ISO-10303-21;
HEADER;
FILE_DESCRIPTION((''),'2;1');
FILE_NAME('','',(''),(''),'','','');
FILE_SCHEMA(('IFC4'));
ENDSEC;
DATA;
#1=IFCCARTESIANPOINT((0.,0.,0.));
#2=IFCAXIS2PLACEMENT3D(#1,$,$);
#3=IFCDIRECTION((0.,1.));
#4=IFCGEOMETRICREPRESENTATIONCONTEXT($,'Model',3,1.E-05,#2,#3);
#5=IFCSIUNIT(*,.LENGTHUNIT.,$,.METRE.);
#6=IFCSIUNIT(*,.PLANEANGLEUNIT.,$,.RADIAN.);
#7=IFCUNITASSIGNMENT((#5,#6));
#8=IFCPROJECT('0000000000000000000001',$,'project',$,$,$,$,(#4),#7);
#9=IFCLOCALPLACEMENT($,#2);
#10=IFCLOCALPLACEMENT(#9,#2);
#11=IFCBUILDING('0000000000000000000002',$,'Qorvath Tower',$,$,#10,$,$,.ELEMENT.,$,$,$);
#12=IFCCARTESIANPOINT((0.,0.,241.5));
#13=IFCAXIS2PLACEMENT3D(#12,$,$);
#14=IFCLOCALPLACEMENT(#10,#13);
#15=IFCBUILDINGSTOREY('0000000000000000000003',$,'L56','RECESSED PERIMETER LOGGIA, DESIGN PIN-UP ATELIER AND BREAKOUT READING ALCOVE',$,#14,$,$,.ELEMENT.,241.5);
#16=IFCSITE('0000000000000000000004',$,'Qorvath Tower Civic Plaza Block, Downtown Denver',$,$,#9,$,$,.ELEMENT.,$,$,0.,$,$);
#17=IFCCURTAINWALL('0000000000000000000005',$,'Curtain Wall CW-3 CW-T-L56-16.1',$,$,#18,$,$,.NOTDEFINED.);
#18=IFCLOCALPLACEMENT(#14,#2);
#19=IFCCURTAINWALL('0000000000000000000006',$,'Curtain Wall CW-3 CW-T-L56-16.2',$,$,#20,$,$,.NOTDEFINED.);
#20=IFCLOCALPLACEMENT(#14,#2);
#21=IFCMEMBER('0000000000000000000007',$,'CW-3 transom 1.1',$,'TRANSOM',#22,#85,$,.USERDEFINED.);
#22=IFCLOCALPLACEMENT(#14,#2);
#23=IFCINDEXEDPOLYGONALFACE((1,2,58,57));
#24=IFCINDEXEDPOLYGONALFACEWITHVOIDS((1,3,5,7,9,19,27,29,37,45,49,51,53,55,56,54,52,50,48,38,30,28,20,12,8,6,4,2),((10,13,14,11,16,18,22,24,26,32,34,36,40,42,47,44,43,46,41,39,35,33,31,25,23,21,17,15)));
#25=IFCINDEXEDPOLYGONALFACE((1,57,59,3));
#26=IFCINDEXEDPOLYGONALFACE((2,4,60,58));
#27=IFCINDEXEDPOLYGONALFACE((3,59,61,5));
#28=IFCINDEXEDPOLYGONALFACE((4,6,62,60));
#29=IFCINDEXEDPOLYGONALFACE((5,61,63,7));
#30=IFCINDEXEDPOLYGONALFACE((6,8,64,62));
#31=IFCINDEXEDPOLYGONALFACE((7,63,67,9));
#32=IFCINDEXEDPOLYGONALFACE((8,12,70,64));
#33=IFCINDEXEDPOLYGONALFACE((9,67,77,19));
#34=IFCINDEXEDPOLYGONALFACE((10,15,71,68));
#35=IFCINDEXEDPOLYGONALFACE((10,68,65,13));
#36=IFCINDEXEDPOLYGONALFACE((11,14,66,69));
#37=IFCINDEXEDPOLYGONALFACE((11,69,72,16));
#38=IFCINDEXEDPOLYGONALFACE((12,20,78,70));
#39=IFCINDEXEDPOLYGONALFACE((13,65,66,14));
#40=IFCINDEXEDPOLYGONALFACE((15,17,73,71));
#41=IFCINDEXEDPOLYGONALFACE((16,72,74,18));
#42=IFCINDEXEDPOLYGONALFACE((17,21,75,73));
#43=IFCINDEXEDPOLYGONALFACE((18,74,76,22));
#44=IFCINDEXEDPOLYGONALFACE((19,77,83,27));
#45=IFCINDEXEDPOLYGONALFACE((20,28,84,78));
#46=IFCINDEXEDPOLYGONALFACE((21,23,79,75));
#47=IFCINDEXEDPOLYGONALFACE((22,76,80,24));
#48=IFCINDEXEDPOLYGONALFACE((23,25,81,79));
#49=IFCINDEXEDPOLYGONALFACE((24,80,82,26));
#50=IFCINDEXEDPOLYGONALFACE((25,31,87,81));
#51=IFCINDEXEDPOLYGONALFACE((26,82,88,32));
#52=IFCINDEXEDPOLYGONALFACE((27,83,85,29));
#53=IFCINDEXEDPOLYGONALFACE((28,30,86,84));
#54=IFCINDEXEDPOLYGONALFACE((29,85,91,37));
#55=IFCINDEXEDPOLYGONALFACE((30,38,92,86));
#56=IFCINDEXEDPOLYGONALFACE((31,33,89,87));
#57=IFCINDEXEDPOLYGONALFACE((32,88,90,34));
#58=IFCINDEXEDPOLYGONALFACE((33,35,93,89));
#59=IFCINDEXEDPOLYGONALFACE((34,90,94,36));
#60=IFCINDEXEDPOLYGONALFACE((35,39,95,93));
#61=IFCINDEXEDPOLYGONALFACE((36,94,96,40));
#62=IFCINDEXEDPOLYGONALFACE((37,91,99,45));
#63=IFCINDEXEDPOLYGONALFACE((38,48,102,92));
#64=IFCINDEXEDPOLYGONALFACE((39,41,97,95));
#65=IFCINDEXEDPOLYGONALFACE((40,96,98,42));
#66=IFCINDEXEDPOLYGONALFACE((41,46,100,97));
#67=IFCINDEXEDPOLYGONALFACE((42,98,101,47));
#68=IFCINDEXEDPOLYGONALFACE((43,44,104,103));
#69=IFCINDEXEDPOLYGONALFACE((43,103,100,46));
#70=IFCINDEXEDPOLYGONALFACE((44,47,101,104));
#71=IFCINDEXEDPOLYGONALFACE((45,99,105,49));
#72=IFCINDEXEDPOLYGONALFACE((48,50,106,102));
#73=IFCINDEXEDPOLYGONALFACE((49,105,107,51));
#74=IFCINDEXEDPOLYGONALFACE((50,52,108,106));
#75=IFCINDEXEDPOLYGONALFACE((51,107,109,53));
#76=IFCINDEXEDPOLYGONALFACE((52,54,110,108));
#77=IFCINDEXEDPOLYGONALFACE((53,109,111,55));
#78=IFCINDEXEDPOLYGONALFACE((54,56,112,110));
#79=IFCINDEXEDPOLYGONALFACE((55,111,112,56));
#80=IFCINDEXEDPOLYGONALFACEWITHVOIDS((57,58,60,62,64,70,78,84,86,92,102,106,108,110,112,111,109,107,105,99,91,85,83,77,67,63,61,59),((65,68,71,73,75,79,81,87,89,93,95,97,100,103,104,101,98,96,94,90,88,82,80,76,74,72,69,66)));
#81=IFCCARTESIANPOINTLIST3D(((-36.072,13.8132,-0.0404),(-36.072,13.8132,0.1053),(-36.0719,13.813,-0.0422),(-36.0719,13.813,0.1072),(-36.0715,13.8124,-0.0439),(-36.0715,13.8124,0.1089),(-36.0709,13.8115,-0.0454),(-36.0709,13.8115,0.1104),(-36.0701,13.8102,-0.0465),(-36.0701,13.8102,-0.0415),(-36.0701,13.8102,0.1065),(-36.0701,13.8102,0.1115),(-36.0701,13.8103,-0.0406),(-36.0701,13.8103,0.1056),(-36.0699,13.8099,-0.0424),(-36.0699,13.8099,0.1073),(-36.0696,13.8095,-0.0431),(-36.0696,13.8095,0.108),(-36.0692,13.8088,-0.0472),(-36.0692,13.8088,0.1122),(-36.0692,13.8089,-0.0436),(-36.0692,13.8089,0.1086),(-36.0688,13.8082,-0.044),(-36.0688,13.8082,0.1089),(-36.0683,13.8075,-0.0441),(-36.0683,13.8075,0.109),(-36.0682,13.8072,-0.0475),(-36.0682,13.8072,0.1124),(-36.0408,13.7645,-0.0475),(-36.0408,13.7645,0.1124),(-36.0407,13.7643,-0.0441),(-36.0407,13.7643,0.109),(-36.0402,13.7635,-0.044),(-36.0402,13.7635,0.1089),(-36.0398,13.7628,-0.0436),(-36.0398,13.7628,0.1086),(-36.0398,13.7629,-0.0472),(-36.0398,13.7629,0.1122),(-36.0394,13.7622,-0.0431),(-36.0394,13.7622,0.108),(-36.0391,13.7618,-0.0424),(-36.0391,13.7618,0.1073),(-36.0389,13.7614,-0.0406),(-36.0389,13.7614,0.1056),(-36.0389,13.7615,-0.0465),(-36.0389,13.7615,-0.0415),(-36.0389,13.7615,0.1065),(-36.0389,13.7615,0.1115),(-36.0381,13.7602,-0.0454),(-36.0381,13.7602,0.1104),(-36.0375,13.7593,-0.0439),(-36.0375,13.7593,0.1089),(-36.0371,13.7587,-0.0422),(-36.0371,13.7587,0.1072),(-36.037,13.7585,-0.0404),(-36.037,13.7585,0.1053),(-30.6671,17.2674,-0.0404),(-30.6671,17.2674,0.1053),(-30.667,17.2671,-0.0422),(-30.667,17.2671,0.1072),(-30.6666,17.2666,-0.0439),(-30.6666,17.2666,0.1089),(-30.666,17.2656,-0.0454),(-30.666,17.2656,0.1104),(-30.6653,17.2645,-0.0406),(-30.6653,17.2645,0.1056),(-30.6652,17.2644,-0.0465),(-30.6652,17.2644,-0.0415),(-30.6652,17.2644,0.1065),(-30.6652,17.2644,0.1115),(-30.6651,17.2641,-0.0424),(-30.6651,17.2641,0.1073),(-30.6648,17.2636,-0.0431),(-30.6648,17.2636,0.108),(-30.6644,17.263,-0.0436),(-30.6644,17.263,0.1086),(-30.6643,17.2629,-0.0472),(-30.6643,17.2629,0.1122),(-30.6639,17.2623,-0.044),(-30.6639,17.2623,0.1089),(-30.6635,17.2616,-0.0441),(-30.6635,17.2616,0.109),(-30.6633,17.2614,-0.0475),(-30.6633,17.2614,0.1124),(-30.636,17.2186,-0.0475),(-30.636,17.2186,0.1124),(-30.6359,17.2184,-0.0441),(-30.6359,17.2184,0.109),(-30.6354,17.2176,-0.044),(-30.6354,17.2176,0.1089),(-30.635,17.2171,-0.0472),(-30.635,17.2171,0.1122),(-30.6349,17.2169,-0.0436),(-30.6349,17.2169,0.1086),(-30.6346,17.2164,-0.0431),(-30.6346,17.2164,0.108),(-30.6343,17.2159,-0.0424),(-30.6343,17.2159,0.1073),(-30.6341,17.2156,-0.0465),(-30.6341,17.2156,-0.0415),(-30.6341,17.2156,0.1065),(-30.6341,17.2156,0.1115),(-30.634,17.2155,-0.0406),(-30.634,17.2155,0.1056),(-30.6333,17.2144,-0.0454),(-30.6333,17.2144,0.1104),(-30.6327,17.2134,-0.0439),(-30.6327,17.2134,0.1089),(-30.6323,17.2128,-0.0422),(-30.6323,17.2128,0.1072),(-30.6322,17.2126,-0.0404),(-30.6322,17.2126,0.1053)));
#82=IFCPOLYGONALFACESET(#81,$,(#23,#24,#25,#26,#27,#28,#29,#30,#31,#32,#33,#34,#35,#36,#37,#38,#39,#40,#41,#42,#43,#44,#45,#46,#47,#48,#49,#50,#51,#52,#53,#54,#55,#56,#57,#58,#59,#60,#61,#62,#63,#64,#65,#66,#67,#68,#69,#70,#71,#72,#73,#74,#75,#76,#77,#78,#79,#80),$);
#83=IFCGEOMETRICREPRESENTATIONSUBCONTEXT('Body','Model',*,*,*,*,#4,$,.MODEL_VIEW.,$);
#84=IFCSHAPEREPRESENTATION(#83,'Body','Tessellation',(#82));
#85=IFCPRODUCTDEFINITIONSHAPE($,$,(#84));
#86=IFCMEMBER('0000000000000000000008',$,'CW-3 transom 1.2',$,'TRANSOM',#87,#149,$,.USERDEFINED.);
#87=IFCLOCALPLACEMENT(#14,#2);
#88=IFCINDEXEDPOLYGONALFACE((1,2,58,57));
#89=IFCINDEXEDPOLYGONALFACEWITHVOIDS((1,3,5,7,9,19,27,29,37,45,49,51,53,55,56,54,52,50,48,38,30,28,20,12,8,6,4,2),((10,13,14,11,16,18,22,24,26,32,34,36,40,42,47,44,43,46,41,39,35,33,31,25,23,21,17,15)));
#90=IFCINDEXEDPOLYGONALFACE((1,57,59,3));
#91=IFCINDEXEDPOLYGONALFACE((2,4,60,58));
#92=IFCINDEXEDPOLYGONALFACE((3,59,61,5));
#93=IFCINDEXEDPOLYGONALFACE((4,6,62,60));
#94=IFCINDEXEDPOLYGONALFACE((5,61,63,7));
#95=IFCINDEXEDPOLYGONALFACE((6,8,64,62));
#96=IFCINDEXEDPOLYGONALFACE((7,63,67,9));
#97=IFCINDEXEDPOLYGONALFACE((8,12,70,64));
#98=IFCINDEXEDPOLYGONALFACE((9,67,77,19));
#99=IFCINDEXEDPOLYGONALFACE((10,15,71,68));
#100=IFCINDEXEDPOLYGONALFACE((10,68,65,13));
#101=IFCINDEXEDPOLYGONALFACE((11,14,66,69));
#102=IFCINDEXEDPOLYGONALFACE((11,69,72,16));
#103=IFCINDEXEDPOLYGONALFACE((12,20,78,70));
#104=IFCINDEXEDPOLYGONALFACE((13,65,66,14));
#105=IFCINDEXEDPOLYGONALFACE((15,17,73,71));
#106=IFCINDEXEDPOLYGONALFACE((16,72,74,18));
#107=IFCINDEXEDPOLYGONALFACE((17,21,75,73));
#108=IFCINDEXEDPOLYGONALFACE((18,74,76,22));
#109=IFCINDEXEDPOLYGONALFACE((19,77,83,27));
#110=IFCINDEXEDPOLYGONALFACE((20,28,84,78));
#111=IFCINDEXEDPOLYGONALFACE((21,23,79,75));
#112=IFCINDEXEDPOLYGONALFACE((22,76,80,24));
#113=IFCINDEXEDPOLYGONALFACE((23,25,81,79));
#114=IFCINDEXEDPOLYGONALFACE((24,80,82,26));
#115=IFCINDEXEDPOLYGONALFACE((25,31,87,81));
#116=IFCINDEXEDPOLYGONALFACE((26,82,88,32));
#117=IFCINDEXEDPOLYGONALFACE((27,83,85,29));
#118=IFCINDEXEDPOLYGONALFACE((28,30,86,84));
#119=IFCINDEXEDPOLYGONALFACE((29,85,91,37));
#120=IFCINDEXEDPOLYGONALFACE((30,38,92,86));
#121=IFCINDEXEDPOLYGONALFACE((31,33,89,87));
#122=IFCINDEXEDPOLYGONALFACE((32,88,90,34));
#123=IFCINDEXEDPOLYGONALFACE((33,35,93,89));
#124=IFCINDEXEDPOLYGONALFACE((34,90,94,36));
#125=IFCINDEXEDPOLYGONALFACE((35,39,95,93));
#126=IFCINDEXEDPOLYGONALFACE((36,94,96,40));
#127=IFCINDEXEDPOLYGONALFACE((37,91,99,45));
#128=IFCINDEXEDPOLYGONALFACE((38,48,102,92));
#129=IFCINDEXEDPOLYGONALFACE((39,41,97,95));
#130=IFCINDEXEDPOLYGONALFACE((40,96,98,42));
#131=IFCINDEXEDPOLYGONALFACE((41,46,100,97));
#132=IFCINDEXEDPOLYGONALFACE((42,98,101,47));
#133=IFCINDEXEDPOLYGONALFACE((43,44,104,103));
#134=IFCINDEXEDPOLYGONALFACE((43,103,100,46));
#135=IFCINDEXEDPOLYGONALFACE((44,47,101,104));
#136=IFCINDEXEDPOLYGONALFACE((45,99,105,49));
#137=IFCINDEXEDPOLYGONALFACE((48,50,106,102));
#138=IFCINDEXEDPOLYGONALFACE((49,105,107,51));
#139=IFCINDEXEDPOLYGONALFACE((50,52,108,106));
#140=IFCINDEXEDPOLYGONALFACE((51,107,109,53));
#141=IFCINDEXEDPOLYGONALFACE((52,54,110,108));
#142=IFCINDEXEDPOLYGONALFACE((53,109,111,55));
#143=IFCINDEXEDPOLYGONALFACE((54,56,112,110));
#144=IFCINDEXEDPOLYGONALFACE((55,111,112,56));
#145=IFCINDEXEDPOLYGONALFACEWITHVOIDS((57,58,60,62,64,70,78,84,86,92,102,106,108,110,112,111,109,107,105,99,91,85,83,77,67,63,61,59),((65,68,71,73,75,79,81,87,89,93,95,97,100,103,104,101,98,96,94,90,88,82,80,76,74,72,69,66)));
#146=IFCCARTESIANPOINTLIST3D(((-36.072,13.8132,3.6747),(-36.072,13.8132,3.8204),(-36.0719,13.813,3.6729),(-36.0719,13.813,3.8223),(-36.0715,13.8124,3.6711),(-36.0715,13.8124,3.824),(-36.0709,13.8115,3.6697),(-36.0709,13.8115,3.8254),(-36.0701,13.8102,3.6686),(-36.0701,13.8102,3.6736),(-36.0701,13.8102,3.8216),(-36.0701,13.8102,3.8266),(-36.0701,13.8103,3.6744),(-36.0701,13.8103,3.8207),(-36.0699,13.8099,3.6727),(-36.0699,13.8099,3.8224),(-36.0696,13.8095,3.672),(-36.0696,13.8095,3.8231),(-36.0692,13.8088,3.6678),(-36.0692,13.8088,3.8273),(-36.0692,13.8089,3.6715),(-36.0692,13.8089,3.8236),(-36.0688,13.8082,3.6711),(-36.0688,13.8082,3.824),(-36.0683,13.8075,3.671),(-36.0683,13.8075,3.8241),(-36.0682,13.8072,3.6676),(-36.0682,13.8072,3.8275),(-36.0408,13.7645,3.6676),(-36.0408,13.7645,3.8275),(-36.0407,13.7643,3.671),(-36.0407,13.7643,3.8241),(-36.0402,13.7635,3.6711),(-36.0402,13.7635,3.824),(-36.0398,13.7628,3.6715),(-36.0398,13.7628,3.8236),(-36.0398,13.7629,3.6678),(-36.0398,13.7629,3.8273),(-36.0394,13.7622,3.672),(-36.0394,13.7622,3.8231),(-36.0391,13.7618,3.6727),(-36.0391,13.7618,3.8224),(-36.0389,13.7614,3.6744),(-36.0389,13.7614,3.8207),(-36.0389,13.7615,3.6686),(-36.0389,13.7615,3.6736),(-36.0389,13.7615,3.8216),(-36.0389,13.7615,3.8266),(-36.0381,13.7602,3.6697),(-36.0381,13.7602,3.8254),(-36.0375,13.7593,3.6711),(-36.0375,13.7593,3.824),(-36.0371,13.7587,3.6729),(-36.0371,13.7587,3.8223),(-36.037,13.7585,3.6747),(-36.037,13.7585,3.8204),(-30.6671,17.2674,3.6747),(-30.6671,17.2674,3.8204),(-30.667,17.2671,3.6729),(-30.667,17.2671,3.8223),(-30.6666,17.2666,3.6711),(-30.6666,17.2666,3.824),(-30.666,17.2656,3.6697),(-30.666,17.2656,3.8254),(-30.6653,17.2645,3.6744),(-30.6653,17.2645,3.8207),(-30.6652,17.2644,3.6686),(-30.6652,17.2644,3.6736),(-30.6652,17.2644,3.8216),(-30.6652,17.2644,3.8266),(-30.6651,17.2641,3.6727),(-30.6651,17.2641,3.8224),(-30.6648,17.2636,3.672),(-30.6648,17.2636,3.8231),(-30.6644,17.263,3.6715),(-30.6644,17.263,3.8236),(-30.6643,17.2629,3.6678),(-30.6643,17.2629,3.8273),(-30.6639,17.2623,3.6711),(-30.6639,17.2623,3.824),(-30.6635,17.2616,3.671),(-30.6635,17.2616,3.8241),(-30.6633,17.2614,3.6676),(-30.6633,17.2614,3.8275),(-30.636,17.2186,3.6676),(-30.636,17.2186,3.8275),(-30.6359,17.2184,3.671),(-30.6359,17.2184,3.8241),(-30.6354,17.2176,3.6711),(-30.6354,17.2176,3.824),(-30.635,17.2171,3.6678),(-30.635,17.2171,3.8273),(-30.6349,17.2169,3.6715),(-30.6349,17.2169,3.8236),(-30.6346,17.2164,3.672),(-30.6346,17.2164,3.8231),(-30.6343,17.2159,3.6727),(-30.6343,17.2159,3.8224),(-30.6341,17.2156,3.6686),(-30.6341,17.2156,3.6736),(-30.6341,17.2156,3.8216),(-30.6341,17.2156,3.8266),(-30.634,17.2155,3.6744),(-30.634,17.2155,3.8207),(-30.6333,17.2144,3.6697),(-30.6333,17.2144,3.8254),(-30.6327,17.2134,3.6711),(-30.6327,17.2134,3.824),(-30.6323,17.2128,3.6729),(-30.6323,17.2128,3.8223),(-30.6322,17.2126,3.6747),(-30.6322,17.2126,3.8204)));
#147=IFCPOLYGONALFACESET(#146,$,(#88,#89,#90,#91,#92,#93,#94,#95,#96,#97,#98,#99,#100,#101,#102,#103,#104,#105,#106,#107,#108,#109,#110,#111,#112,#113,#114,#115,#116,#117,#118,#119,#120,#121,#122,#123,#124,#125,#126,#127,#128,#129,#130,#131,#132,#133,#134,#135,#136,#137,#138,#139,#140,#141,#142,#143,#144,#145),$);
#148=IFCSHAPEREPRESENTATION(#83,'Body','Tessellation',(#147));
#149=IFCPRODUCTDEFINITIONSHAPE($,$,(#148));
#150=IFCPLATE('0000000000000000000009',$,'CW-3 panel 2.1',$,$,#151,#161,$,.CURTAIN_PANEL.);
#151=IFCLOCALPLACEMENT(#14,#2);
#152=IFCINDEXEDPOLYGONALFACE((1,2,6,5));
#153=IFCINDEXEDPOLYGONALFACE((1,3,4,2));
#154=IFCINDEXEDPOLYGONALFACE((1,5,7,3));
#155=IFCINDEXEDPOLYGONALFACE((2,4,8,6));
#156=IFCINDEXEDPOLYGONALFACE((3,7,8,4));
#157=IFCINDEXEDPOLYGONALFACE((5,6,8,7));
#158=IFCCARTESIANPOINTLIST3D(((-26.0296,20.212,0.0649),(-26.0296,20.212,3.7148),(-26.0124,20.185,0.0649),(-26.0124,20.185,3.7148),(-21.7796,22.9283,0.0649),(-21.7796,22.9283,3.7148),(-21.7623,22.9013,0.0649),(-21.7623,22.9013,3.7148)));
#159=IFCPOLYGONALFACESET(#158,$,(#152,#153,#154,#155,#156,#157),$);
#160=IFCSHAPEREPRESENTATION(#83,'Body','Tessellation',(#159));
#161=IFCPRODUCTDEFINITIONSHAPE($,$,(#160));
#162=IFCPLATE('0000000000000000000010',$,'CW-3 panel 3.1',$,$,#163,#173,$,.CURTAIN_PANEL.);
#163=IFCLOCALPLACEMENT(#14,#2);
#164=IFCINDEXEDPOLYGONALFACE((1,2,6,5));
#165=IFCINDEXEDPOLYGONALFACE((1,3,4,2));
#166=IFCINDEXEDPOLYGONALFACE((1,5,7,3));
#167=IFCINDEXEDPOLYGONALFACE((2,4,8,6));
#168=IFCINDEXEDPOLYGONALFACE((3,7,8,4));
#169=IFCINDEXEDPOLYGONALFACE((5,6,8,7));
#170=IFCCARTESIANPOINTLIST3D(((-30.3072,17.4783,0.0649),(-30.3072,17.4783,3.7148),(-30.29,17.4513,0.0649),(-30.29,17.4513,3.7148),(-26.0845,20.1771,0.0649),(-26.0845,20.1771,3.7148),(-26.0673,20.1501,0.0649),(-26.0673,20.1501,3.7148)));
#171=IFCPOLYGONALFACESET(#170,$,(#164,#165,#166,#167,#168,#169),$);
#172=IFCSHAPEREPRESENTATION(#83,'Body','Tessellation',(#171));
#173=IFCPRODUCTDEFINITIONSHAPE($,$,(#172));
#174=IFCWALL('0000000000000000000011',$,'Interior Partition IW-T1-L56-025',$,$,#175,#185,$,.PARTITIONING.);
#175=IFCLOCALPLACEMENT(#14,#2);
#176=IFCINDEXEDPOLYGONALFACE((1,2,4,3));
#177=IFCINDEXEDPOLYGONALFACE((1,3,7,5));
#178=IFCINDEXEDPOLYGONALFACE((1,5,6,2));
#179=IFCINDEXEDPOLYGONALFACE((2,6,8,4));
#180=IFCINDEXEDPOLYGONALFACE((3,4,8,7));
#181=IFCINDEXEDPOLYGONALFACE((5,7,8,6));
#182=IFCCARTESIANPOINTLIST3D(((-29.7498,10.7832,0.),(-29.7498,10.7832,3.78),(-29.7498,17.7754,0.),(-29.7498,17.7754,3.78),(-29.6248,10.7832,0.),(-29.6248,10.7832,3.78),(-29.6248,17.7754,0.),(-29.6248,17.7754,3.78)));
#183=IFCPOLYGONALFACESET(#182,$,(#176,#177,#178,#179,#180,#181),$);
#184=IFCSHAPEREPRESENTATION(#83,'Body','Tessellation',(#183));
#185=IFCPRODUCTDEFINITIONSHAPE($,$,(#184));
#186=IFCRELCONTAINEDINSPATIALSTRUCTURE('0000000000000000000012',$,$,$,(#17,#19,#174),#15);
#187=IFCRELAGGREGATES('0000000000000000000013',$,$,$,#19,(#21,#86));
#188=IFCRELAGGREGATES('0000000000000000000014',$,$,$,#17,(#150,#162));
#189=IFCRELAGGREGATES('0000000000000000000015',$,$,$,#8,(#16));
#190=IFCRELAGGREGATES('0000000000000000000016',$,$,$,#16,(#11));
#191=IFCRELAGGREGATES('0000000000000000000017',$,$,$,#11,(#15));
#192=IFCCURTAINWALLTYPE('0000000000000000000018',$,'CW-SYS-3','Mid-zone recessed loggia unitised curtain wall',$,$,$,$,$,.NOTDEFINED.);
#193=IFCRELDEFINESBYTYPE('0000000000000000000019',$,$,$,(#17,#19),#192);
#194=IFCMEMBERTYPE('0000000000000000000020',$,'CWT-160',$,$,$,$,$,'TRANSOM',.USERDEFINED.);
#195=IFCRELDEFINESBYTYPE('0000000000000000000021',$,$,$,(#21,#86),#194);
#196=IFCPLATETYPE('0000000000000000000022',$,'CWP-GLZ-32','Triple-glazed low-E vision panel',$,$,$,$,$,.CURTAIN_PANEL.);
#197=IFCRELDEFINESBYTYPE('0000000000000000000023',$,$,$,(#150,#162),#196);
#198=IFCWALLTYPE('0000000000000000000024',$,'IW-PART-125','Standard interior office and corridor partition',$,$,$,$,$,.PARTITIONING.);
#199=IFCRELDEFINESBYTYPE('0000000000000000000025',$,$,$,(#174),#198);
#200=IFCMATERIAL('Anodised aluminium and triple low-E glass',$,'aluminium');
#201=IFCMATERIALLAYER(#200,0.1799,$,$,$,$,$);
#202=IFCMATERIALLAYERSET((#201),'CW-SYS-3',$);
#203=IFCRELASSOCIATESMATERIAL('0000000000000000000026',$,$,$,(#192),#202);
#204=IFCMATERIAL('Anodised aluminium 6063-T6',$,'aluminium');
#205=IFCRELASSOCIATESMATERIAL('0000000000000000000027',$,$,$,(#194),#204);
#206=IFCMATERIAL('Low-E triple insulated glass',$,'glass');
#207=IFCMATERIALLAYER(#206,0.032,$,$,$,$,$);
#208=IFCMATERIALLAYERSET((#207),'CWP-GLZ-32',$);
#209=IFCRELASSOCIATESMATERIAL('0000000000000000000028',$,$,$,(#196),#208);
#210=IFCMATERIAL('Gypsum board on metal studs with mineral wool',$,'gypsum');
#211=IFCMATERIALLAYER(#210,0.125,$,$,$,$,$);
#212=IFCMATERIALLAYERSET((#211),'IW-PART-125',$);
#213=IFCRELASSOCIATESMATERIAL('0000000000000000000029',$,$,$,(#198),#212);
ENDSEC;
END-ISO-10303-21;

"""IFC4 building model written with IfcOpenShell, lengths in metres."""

from ifc_helpers import new_model, si_unit, direction, frame, frame_2d, origin, origin_2d, place, context, subcontext, project, spatial, rectangle, hollow_rectangle, extrude, material, layer, layer_set, material_profile, profile_set, type_object, element, aggregate, save


model = new_model("IFC4")

# Units and contexts
model_context = context("Model", 3, precision=1e-05, world=origin(), true_north=direction((0.0, 1.0)))
body_context = subcontext(model_context, "Body", "Model", "MODEL_VIEW")
ifc_project = project(units=[si_unit("LENGTHUNIT", "METRE"), si_unit("PLANEANGLEUNIT", "RADIAN")], contexts=[model_context])

# Site, building, storey
site_placement = place(None, origin())
site = spatial("IfcSite", under=ifc_project, at=site_placement, Name="Qorvath Tower Civic Plaza Block, Downtown Denver", CompositionType="ELEMENT", RefElevation=0.0)
building_placement = place(site_placement, origin())
building = spatial("IfcBuilding", under=site, at=building_placement, Name="Qorvath Tower", CompositionType="ELEMENT")
storey_placement = place(building_placement, frame((0.0, 0.0, 241.5)))
storey = spatial("IfcBuildingStorey", under=building, at=storey_placement, Name="L56", Description="RECESSED PERIMETER LOGGIA, DESIGN PIN-UP ATELIER AND BREAKOUT READING ALCOVE", CompositionType="ELEMENT", Elevation=241.5)

# Curtain wall
ifc_material_1 = material(Name="Anodised aluminium and triple low-E glass", Category="aluminium")
ifc_layer_1 = layer(ifc_material_1, 0.1799)
ifc_layer_set_1 = layer_set([ifc_layer_1], Name="CW-SYS-3")
curtain_wall_type = type_object("IfcCurtainWallType", Name="CW-SYS-3", Description="Mid-zone recessed loggia unitised curtain wall", PredefinedType="NOTDEFINED", material=ifc_layer_set_1)
curtain_wall_1_placement = place(storey_placement, origin())
curtain_wall_1 = element("IfcCurtainWall", 1, at=curtain_wall_1_placement, inside=storey, type_object=curtain_wall_type, Name="Curtain Wall CW-3 CW-T-L56-16.1", PredefinedType="NOTDEFINED")

# Curtain wall
curtain_wall_2_placement = place(storey_placement, origin())
curtain_wall_2 = element("IfcCurtainWall", 2, at=curtain_wall_2_placement, inside=storey, type_object=curtain_wall_type, Name="Curtain Wall CW-3 CW-T-L56-16.2", PredefinedType="NOTDEFINED")

# Members
ifc_material_2 = material(Name="Anodised aluminium 6063-T6", Category="aluminium")
ifc_material_profile_1 = material_profile(ifc_material_2, hollow_rectangle(XDim=0.0649, YDim=0.1599, WallThickness=0.0034, InnerFilletRadius=0.0034, OuterFilletRadius=0.0071, at=origin_2d()), Name="CWT 160x65")
ifc_profile_set_1 = profile_set([ifc_material_profile_1], Name="Anodised aluminium 6063-T6")
member_type_1 = type_object("IfcMemberType", Name="CWT-160", ElementType="TRANSOM", PredefinedType="USERDEFINED", material=ifc_profile_set_1)
member_1_placement = place(storey_placement, frame((-30.6497, 17.24, 0.0325), z_axis=(-0.842622, -0.538505, 0.0), x_axis=(0.538505, -0.842622, 0.0)))
member_1 = element("IfcMember", 3, at=member_1_placement, type_object=member_type_1, Name="CW-3 transom 1.1", ObjectType="TRANSOM", PredefinedType="USERDEFINED", context=body_context, shape_type="SweptSolid", body=[
    extrude(hollow_rectangle(XDim=0.0649, YDim=0.1599, WallThickness=0.0034, InnerFilletRadius=0.0034, OuterFilletRadius=0.0071, at=origin_2d()), origin(), (0.0, 0.0, 1.0), 6.4143),
])
member_2_placement = place(storey_placement, frame((-30.6497, 17.24, 3.7476), z_axis=(-0.842622, -0.538505, 0.0), x_axis=(0.538505, -0.842622, 0.0)))
member_2 = element("IfcMember", 4, at=member_2_placement, type_object=member_type_1, Name="CW-3 transom 1.2", ObjectType="TRANSOM", PredefinedType="USERDEFINED", context=body_context, shape_type="SweptSolid", body=[
    extrude(hollow_rectangle(XDim=0.0649, YDim=0.1599, WallThickness=0.0034, InnerFilletRadius=0.0034, OuterFilletRadius=0.0071, at=origin_2d()), origin(), (0.0, 0.0, 1.0), 6.4143),
])
aggregate(curtain_wall_2, [member_1, member_2])

# Plates
ifc_material_3 = material(Name="Low-E triple insulated glass", Category="glass")
ifc_layer_2 = layer(ifc_material_3, 0.032)
ifc_layer_set_2 = layer_set([ifc_layer_2], Name="CWP-GLZ-32")
plate_type = type_object("IfcPlateType", Name="CWP-GLZ-32", Description="Triple-glazed low-E vision panel", PredefinedType="CURTAIN_PANEL", material=ifc_layer_set_2)
plate_1_placement = place(storey_placement, frame((-23.896, 21.5566, 0.0649), z_axis=(0.0, 0.0, 1.0), x_axis=(-0.842608, -0.538527, 0.0)))
plate_1 = element("IfcPlate", 5, at=plate_1_placement, type_object=plate_type, Name="CW-3 panel 2.1", PredefinedType="CURTAIN_PANEL", context=body_context, shape_type="SweptSolid", body=[
    extrude(rectangle(XDim=5.0439, YDim=0.032, at=origin_2d()), origin(), (0.0, 0.0, 1.0), 3.6499),
])
plate_2_placement = place(storey_placement, frame((-28.1873, 18.8142, 0.0649), z_axis=(0.0, 0.0, 1.0), x_axis=(-0.842608, -0.538527, 0.0)))
plate_2 = element("IfcPlate", 6, at=plate_2_placement, type_object=plate_type, Name="CW-3 panel 3.1", PredefinedType="CURTAIN_PANEL", context=body_context, shape_type="SweptSolid", body=[
    extrude(rectangle(XDim=5.0115, YDim=0.032, at=origin_2d()), origin(), (0.0, 0.0, 1.0), 3.6499),
])
aggregate(curtain_wall_1, [plate_1, plate_2])

# Wall
ifc_material_4 = material(Name="Gypsum board on metal studs with mineral wool", Category="gypsum")
ifc_layer_3 = layer(ifc_material_4, 0.125)
ifc_layer_set_3 = layer_set([ifc_layer_3], Name="IW-PART-125")
wall_type = type_object("IfcWallType", Name="IW-PART-125", Description="Standard interior office and corridor partition", PredefinedType="PARTITIONING", material=ifc_layer_set_3)
wall_1_placement = place(storey_placement, frame((-29.6873, 10.7832, 0.0), z_axis=(0.0, 0.0, 1.0), x_axis=(0.0, 1.0, 0.0)))
element("IfcWall", 7, at=wall_1_placement, inside=storey, type_object=wall_type, Name="Interior Partition IW-T1-L56-025", PredefinedType="PARTITIONING", context=body_context, shape_type="SweptSolid", body=[
    extrude(rectangle(XDim=6.9922, YDim=0.125, at=frame_2d((3.4961, 0.0))), origin(), (0.0, 0.0, 1.0), 3.78),
])

save(model, "model.ifc")
